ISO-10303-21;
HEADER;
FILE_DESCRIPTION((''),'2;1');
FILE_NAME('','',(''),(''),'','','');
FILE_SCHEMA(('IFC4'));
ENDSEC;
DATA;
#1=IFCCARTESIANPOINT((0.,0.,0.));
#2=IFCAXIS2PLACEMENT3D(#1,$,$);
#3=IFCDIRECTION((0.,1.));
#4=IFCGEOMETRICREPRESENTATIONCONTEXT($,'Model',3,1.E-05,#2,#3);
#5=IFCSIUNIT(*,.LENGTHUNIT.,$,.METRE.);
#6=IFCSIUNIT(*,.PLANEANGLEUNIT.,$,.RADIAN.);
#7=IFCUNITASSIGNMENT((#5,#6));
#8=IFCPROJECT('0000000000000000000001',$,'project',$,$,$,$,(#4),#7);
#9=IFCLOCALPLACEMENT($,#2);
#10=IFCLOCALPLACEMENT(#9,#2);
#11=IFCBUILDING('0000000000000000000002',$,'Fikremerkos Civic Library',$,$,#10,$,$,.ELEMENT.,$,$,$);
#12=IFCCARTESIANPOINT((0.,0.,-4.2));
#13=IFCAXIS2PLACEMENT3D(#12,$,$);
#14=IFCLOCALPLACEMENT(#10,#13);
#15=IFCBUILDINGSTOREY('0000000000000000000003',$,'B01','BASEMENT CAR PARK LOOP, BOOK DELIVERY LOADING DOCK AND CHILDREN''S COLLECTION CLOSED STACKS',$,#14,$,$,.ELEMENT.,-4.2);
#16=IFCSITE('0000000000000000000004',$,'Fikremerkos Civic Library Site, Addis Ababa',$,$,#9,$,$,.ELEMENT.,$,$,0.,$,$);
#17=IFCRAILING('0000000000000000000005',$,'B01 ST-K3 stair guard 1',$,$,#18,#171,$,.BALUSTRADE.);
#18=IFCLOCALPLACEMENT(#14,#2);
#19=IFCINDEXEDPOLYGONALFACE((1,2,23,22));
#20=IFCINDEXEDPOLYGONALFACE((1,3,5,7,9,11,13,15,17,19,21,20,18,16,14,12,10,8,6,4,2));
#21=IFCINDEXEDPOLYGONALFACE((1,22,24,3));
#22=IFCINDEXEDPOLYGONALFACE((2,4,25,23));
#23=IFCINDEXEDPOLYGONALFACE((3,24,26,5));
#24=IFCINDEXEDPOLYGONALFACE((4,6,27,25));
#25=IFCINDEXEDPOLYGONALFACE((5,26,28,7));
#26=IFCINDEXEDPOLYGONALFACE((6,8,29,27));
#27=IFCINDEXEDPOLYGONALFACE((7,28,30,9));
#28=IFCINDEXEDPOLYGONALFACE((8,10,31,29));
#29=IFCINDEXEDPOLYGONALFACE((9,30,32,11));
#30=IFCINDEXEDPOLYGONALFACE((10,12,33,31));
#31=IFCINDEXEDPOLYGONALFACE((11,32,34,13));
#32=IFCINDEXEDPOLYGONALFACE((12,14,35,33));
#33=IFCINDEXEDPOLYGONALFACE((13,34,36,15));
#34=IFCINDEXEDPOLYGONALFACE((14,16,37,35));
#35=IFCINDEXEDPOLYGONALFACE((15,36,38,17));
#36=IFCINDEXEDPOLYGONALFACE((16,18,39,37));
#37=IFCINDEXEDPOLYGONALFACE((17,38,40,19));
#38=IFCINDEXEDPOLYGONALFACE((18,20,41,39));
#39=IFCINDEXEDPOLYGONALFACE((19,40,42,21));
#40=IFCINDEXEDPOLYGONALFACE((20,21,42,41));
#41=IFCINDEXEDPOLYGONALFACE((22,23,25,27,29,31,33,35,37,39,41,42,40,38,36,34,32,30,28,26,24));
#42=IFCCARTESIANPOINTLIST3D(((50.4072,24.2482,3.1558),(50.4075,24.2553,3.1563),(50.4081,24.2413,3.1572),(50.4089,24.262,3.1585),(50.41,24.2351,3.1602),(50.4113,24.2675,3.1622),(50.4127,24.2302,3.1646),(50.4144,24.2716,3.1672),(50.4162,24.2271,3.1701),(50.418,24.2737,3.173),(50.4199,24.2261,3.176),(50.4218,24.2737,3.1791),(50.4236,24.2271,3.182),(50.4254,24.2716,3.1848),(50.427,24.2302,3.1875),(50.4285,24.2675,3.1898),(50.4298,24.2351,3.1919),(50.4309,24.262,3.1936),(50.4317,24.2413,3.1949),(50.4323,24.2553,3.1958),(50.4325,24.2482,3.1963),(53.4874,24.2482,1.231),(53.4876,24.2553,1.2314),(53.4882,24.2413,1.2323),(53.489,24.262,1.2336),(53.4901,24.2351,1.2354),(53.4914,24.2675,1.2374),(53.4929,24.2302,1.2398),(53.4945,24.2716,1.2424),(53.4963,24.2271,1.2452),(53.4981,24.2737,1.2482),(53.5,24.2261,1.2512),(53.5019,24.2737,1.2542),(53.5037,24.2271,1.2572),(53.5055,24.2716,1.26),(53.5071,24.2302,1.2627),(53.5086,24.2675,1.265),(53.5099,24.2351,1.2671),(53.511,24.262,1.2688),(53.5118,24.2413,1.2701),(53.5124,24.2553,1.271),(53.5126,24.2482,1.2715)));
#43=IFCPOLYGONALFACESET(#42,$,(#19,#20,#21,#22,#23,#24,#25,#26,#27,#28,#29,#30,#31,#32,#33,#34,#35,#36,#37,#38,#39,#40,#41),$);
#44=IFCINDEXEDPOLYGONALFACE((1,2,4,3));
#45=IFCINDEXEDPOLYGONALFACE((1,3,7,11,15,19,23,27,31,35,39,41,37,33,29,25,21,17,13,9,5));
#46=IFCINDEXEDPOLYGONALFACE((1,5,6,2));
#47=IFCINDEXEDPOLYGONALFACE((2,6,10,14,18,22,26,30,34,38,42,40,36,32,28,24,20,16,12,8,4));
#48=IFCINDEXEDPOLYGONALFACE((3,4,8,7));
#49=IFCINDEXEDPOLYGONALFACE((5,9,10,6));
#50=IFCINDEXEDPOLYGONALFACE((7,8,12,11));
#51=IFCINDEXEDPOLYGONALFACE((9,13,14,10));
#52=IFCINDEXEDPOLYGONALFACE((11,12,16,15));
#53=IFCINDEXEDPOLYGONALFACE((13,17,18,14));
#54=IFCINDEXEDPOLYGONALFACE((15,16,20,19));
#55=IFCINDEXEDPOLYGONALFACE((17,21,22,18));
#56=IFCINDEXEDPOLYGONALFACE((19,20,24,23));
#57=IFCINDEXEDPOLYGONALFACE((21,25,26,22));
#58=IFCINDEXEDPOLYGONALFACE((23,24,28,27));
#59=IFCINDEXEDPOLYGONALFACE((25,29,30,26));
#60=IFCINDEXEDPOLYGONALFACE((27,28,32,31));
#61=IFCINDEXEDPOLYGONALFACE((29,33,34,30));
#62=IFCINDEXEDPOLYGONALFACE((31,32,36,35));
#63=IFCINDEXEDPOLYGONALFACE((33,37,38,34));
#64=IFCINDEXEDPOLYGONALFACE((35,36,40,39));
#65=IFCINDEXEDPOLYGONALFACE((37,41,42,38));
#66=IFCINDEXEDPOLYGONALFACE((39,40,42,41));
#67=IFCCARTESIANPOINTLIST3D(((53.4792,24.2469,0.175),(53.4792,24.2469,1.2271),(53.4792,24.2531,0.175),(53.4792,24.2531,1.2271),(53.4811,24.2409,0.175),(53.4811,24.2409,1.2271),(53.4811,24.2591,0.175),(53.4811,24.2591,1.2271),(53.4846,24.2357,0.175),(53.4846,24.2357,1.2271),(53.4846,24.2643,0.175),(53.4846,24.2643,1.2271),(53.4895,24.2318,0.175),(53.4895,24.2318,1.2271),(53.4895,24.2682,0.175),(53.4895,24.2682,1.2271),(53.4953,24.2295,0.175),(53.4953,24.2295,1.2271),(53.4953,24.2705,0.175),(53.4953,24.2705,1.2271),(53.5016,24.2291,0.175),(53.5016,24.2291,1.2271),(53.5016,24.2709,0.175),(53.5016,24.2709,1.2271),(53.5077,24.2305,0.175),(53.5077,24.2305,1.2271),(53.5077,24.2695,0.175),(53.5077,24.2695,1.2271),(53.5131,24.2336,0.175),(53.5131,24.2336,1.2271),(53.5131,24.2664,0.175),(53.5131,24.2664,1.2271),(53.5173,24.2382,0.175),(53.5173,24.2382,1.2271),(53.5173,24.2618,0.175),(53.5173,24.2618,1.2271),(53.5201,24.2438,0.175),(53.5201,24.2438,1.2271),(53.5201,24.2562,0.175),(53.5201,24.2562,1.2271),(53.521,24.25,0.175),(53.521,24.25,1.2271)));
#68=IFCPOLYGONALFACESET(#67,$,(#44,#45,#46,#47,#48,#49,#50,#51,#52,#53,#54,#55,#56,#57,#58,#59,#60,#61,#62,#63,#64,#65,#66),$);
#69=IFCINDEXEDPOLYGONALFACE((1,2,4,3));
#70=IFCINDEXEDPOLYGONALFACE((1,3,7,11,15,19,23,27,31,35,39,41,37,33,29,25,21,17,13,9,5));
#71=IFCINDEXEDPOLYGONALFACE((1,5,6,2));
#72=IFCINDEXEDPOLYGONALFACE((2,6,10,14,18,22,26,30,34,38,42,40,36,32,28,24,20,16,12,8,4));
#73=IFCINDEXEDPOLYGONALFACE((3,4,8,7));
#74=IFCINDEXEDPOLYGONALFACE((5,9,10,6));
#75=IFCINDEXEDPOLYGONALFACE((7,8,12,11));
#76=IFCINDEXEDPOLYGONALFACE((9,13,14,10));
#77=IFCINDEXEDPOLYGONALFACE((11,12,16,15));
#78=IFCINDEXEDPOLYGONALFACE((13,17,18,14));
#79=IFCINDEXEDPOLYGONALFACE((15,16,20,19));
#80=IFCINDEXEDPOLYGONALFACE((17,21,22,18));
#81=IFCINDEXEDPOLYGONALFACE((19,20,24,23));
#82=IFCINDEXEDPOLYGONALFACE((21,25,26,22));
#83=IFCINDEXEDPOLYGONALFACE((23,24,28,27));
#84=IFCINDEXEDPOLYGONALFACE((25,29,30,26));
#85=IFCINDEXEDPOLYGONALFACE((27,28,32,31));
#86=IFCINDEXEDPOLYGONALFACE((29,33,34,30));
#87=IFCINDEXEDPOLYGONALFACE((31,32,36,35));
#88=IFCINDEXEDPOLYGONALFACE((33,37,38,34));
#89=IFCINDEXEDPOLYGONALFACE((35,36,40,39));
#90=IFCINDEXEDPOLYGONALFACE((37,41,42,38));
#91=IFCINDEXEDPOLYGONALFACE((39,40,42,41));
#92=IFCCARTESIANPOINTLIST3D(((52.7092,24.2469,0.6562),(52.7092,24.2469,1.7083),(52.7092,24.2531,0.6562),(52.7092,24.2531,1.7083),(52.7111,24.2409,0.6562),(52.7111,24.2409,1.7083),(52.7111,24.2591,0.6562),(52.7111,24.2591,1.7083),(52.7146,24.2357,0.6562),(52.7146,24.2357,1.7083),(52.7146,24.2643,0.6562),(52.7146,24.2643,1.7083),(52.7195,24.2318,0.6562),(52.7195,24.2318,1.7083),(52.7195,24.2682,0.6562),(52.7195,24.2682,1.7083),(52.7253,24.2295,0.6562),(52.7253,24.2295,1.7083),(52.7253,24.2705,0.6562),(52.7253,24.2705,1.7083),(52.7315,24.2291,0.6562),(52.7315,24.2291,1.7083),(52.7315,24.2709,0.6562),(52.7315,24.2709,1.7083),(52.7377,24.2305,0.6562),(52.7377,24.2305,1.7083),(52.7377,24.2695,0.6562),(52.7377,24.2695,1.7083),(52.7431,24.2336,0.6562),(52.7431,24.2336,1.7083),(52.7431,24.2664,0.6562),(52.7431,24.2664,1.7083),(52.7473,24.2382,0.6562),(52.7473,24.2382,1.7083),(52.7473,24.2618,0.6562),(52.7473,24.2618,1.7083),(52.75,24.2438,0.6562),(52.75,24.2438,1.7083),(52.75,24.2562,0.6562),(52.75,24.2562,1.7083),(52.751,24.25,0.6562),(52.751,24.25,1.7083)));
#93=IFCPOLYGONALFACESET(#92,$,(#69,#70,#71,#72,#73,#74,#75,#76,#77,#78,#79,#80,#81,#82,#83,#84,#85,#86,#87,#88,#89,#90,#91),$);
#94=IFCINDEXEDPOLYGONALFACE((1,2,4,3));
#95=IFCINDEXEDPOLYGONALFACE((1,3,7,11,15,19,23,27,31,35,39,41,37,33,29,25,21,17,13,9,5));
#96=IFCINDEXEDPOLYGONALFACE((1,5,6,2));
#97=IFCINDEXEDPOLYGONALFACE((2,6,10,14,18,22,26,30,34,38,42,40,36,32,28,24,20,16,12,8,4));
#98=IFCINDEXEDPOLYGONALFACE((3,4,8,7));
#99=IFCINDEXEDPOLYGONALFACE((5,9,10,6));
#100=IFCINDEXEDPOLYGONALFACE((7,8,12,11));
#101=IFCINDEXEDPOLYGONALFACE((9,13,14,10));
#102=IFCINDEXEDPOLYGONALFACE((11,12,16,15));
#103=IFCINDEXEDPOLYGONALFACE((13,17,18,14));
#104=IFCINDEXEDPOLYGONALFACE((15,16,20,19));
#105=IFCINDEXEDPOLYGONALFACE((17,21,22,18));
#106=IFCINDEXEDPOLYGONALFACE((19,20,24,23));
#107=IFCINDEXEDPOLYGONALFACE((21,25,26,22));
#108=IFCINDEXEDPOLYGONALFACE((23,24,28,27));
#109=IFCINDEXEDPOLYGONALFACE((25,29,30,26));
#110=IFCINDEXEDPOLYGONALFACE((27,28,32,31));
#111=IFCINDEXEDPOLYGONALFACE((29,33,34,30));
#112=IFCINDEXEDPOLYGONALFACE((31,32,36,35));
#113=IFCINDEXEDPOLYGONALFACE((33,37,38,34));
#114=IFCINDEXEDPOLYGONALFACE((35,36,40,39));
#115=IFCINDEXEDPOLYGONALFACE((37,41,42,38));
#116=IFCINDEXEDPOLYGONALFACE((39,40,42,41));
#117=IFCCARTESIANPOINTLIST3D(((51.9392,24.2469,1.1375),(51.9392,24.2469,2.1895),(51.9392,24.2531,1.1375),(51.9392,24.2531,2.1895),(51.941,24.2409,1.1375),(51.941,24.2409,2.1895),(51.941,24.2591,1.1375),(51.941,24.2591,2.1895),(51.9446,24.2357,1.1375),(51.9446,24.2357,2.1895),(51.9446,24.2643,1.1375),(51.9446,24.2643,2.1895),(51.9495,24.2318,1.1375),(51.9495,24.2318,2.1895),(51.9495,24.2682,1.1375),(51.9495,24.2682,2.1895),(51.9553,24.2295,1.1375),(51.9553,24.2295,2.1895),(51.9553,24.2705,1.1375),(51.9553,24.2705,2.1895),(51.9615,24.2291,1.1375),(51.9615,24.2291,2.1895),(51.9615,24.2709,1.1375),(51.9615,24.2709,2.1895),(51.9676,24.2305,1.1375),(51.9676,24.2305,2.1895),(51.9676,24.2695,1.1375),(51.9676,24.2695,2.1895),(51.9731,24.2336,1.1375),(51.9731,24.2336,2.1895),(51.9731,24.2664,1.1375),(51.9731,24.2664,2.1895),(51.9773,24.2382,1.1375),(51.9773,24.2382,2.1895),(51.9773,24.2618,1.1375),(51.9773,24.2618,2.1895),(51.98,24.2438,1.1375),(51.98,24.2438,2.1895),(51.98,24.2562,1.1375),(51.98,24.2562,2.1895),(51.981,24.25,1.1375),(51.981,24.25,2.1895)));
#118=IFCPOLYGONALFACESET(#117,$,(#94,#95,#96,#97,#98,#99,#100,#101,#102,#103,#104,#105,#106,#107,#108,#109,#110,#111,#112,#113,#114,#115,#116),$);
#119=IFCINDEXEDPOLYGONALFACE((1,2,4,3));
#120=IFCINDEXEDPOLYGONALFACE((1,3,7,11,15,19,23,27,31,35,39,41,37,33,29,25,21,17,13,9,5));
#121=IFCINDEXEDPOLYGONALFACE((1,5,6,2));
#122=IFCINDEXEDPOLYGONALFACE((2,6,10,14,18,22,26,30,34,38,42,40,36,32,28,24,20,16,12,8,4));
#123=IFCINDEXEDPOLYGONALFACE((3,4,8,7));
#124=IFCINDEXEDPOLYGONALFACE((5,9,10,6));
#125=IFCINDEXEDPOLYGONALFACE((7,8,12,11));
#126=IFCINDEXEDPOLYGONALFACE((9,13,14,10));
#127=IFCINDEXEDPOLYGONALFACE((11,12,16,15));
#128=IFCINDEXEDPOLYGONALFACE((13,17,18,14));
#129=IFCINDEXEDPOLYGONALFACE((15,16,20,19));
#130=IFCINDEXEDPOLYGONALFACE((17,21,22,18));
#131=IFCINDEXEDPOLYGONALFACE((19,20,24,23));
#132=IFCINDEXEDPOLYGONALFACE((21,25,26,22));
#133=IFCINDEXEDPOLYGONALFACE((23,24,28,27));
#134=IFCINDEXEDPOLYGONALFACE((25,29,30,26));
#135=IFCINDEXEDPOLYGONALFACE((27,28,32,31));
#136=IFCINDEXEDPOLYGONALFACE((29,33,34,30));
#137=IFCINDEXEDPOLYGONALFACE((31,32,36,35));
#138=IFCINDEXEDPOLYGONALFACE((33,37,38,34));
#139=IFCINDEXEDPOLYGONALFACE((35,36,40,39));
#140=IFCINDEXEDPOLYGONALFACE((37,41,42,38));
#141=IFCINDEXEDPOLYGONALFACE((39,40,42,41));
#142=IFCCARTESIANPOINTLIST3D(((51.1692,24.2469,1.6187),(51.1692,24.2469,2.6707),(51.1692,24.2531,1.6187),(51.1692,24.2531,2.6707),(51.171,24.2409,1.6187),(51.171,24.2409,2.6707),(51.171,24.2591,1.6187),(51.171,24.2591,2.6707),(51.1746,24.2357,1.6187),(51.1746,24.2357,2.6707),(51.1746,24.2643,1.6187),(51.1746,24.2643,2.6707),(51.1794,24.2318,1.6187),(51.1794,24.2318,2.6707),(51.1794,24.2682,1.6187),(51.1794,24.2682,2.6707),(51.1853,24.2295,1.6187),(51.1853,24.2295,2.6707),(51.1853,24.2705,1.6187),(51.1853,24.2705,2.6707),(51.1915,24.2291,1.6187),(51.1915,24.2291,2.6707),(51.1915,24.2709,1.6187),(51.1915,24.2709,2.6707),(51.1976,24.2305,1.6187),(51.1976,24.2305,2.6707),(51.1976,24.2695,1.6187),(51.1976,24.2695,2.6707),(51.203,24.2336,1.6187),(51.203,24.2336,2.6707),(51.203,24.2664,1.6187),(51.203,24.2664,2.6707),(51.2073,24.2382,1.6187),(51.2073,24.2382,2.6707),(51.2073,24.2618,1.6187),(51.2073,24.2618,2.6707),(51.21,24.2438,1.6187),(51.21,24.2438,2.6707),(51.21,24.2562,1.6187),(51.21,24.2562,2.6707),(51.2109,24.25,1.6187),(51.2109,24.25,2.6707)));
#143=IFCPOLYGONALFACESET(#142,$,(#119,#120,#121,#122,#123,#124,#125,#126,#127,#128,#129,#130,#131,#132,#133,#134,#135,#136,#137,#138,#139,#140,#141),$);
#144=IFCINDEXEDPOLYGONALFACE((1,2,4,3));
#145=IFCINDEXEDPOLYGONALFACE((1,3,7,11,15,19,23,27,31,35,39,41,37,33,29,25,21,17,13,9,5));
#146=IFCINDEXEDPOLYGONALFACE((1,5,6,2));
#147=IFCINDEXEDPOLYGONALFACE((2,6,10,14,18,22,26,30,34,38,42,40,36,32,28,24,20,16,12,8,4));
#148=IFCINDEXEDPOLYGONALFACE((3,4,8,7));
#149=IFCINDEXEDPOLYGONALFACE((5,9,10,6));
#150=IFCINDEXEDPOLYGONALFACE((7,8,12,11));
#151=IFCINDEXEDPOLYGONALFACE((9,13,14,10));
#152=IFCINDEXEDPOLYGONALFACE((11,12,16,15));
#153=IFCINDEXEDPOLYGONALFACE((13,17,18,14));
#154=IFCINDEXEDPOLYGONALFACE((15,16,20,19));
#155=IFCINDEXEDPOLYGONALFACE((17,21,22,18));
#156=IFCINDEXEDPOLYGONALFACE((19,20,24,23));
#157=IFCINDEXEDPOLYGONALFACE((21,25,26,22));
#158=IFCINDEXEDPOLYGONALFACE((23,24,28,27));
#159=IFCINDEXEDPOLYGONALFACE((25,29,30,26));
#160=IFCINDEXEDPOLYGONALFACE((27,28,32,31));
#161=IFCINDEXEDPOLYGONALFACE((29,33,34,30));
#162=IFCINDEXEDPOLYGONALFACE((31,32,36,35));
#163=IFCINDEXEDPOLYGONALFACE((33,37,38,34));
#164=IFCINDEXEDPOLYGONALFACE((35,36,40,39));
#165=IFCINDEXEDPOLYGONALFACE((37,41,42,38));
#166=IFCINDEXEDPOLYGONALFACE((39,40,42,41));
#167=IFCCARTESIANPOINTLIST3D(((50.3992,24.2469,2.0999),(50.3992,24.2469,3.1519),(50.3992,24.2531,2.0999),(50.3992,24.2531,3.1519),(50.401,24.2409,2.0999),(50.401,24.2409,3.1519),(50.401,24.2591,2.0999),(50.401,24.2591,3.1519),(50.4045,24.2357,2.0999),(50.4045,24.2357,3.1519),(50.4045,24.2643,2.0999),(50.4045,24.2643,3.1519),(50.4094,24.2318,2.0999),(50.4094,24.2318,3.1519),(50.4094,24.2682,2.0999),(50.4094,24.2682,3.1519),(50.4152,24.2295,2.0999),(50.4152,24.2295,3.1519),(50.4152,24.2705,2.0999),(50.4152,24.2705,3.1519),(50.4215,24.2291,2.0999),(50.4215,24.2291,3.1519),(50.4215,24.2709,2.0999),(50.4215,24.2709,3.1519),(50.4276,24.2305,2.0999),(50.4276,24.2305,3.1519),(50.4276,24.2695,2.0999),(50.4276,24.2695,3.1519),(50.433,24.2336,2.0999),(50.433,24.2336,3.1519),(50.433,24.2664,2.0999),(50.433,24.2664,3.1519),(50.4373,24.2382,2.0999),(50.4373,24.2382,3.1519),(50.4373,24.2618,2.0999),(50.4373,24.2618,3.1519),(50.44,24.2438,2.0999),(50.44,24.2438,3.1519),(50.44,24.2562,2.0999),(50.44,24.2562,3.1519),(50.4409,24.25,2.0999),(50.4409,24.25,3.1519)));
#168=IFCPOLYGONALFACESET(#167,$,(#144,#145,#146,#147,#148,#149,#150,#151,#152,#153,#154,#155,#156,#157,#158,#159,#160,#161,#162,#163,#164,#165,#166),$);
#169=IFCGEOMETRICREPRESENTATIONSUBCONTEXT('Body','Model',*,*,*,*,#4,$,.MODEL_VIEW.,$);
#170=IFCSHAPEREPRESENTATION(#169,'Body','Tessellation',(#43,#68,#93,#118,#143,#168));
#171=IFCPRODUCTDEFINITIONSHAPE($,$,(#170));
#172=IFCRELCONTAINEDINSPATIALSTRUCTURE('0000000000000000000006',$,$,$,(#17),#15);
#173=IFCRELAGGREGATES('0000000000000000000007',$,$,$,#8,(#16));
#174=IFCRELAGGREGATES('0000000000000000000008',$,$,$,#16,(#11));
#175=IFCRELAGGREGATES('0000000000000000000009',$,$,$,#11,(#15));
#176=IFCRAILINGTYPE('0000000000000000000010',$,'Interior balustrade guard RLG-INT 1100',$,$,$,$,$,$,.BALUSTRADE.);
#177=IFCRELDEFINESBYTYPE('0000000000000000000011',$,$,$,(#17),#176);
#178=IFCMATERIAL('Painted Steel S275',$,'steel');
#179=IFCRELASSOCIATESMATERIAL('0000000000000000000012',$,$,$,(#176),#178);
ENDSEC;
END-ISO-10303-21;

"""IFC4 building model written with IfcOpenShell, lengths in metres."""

from ifc_helpers import new_model, si_unit, direction, frame, origin, origin_2d, place, context, subcontext, project, spatial, circle, extrude, material, type_object, element, save


model = new_model("IFC4")

# Units and contexts
model_context = context("Model", 3, precision=1e-05, world=origin(), true_north=direction((0.0, 1.0)))
body_context = subcontext(model_context, "Body", "Model", "MODEL_VIEW")
ifc_project = project(units=[si_unit("LENGTHUNIT", "METRE"), si_unit("PLANEANGLEUNIT", "RADIAN")], contexts=[model_context])

# Site, building, storey
site_placement = place(None, origin())
site = spatial("IfcSite", under=ifc_project, at=site_placement, Name="Fikremerkos Civic Library Site, Addis Ababa", CompositionType="ELEMENT", RefElevation=0.0)
building_placement = place(site_placement, origin())
building = spatial("IfcBuilding", under=site, at=building_placement, Name="Fikremerkos Civic Library", CompositionType="ELEMENT")
storey_placement = place(building_placement, frame((0.0, 0.0, -4.2)))
storey = spatial("IfcBuildingStorey", under=building, at=storey_placement, Name="B01", Description="BASEMENT CAR PARK LOOP, BOOK DELIVERY LOADING DOCK AND CHILDREN'S COLLECTION CLOSED STACKS", CompositionType="ELEMENT", Elevation=-4.2)

# Railing
ifc_material_1 = material(Name="Painted Steel S275", Category="steel")
railing_type_1 = type_object("IfcRailingType", Name="Interior balustrade guard RLG-INT 1100", PredefinedType="BALUSTRADE", material=ifc_material_1)
railing_1_placement = place(storey_placement, frame((53.5, 24.25, 0.175)))
element("IfcRailing", 1, at=railing_1_placement, inside=storey, type_object=railing_type_1, Name="B01 ST-K3 stair guard 1", PredefinedType="BALUSTRADE", context=body_context, shape_type="SweptSolid", body=[
    extrude(circle(Radius=0.0239, at=origin_2d()), frame((0.0, 0.0, 1.0762), z_axis=(-0.848029, 0.0, 0.529951), x_axis=(0.0, -1.0, 0.0)), (0.0, 0.0, 1.0), 3.6321),
    extrude(circle(Radius=0.021, at=origin_2d()), origin(), (0.0, 0.0, 1.0), 1.052),
    extrude(circle(Radius=0.021, at=origin_2d()), frame((-0.77, 0.0, 0.4812)), (0.0, 0.0, 1.0), 1.052),
    extrude(circle(Radius=0.021, at=origin_2d()), frame((-1.54, 0.0, 0.9624)), (0.0, 0.0, 1.0), 1.052),
    extrude(circle(Radius=0.021, at=origin_2d()), frame((-2.3101, 0.0, 1.4436)), (0.0, 0.0, 1.0), 1.052),
    extrude(circle(Radius=0.021, at=origin_2d()), frame((-3.0801, 0.0, 1.9248)), (0.0, 0.0, 1.0), 1.052),
])

save(model, "model.ifc")
